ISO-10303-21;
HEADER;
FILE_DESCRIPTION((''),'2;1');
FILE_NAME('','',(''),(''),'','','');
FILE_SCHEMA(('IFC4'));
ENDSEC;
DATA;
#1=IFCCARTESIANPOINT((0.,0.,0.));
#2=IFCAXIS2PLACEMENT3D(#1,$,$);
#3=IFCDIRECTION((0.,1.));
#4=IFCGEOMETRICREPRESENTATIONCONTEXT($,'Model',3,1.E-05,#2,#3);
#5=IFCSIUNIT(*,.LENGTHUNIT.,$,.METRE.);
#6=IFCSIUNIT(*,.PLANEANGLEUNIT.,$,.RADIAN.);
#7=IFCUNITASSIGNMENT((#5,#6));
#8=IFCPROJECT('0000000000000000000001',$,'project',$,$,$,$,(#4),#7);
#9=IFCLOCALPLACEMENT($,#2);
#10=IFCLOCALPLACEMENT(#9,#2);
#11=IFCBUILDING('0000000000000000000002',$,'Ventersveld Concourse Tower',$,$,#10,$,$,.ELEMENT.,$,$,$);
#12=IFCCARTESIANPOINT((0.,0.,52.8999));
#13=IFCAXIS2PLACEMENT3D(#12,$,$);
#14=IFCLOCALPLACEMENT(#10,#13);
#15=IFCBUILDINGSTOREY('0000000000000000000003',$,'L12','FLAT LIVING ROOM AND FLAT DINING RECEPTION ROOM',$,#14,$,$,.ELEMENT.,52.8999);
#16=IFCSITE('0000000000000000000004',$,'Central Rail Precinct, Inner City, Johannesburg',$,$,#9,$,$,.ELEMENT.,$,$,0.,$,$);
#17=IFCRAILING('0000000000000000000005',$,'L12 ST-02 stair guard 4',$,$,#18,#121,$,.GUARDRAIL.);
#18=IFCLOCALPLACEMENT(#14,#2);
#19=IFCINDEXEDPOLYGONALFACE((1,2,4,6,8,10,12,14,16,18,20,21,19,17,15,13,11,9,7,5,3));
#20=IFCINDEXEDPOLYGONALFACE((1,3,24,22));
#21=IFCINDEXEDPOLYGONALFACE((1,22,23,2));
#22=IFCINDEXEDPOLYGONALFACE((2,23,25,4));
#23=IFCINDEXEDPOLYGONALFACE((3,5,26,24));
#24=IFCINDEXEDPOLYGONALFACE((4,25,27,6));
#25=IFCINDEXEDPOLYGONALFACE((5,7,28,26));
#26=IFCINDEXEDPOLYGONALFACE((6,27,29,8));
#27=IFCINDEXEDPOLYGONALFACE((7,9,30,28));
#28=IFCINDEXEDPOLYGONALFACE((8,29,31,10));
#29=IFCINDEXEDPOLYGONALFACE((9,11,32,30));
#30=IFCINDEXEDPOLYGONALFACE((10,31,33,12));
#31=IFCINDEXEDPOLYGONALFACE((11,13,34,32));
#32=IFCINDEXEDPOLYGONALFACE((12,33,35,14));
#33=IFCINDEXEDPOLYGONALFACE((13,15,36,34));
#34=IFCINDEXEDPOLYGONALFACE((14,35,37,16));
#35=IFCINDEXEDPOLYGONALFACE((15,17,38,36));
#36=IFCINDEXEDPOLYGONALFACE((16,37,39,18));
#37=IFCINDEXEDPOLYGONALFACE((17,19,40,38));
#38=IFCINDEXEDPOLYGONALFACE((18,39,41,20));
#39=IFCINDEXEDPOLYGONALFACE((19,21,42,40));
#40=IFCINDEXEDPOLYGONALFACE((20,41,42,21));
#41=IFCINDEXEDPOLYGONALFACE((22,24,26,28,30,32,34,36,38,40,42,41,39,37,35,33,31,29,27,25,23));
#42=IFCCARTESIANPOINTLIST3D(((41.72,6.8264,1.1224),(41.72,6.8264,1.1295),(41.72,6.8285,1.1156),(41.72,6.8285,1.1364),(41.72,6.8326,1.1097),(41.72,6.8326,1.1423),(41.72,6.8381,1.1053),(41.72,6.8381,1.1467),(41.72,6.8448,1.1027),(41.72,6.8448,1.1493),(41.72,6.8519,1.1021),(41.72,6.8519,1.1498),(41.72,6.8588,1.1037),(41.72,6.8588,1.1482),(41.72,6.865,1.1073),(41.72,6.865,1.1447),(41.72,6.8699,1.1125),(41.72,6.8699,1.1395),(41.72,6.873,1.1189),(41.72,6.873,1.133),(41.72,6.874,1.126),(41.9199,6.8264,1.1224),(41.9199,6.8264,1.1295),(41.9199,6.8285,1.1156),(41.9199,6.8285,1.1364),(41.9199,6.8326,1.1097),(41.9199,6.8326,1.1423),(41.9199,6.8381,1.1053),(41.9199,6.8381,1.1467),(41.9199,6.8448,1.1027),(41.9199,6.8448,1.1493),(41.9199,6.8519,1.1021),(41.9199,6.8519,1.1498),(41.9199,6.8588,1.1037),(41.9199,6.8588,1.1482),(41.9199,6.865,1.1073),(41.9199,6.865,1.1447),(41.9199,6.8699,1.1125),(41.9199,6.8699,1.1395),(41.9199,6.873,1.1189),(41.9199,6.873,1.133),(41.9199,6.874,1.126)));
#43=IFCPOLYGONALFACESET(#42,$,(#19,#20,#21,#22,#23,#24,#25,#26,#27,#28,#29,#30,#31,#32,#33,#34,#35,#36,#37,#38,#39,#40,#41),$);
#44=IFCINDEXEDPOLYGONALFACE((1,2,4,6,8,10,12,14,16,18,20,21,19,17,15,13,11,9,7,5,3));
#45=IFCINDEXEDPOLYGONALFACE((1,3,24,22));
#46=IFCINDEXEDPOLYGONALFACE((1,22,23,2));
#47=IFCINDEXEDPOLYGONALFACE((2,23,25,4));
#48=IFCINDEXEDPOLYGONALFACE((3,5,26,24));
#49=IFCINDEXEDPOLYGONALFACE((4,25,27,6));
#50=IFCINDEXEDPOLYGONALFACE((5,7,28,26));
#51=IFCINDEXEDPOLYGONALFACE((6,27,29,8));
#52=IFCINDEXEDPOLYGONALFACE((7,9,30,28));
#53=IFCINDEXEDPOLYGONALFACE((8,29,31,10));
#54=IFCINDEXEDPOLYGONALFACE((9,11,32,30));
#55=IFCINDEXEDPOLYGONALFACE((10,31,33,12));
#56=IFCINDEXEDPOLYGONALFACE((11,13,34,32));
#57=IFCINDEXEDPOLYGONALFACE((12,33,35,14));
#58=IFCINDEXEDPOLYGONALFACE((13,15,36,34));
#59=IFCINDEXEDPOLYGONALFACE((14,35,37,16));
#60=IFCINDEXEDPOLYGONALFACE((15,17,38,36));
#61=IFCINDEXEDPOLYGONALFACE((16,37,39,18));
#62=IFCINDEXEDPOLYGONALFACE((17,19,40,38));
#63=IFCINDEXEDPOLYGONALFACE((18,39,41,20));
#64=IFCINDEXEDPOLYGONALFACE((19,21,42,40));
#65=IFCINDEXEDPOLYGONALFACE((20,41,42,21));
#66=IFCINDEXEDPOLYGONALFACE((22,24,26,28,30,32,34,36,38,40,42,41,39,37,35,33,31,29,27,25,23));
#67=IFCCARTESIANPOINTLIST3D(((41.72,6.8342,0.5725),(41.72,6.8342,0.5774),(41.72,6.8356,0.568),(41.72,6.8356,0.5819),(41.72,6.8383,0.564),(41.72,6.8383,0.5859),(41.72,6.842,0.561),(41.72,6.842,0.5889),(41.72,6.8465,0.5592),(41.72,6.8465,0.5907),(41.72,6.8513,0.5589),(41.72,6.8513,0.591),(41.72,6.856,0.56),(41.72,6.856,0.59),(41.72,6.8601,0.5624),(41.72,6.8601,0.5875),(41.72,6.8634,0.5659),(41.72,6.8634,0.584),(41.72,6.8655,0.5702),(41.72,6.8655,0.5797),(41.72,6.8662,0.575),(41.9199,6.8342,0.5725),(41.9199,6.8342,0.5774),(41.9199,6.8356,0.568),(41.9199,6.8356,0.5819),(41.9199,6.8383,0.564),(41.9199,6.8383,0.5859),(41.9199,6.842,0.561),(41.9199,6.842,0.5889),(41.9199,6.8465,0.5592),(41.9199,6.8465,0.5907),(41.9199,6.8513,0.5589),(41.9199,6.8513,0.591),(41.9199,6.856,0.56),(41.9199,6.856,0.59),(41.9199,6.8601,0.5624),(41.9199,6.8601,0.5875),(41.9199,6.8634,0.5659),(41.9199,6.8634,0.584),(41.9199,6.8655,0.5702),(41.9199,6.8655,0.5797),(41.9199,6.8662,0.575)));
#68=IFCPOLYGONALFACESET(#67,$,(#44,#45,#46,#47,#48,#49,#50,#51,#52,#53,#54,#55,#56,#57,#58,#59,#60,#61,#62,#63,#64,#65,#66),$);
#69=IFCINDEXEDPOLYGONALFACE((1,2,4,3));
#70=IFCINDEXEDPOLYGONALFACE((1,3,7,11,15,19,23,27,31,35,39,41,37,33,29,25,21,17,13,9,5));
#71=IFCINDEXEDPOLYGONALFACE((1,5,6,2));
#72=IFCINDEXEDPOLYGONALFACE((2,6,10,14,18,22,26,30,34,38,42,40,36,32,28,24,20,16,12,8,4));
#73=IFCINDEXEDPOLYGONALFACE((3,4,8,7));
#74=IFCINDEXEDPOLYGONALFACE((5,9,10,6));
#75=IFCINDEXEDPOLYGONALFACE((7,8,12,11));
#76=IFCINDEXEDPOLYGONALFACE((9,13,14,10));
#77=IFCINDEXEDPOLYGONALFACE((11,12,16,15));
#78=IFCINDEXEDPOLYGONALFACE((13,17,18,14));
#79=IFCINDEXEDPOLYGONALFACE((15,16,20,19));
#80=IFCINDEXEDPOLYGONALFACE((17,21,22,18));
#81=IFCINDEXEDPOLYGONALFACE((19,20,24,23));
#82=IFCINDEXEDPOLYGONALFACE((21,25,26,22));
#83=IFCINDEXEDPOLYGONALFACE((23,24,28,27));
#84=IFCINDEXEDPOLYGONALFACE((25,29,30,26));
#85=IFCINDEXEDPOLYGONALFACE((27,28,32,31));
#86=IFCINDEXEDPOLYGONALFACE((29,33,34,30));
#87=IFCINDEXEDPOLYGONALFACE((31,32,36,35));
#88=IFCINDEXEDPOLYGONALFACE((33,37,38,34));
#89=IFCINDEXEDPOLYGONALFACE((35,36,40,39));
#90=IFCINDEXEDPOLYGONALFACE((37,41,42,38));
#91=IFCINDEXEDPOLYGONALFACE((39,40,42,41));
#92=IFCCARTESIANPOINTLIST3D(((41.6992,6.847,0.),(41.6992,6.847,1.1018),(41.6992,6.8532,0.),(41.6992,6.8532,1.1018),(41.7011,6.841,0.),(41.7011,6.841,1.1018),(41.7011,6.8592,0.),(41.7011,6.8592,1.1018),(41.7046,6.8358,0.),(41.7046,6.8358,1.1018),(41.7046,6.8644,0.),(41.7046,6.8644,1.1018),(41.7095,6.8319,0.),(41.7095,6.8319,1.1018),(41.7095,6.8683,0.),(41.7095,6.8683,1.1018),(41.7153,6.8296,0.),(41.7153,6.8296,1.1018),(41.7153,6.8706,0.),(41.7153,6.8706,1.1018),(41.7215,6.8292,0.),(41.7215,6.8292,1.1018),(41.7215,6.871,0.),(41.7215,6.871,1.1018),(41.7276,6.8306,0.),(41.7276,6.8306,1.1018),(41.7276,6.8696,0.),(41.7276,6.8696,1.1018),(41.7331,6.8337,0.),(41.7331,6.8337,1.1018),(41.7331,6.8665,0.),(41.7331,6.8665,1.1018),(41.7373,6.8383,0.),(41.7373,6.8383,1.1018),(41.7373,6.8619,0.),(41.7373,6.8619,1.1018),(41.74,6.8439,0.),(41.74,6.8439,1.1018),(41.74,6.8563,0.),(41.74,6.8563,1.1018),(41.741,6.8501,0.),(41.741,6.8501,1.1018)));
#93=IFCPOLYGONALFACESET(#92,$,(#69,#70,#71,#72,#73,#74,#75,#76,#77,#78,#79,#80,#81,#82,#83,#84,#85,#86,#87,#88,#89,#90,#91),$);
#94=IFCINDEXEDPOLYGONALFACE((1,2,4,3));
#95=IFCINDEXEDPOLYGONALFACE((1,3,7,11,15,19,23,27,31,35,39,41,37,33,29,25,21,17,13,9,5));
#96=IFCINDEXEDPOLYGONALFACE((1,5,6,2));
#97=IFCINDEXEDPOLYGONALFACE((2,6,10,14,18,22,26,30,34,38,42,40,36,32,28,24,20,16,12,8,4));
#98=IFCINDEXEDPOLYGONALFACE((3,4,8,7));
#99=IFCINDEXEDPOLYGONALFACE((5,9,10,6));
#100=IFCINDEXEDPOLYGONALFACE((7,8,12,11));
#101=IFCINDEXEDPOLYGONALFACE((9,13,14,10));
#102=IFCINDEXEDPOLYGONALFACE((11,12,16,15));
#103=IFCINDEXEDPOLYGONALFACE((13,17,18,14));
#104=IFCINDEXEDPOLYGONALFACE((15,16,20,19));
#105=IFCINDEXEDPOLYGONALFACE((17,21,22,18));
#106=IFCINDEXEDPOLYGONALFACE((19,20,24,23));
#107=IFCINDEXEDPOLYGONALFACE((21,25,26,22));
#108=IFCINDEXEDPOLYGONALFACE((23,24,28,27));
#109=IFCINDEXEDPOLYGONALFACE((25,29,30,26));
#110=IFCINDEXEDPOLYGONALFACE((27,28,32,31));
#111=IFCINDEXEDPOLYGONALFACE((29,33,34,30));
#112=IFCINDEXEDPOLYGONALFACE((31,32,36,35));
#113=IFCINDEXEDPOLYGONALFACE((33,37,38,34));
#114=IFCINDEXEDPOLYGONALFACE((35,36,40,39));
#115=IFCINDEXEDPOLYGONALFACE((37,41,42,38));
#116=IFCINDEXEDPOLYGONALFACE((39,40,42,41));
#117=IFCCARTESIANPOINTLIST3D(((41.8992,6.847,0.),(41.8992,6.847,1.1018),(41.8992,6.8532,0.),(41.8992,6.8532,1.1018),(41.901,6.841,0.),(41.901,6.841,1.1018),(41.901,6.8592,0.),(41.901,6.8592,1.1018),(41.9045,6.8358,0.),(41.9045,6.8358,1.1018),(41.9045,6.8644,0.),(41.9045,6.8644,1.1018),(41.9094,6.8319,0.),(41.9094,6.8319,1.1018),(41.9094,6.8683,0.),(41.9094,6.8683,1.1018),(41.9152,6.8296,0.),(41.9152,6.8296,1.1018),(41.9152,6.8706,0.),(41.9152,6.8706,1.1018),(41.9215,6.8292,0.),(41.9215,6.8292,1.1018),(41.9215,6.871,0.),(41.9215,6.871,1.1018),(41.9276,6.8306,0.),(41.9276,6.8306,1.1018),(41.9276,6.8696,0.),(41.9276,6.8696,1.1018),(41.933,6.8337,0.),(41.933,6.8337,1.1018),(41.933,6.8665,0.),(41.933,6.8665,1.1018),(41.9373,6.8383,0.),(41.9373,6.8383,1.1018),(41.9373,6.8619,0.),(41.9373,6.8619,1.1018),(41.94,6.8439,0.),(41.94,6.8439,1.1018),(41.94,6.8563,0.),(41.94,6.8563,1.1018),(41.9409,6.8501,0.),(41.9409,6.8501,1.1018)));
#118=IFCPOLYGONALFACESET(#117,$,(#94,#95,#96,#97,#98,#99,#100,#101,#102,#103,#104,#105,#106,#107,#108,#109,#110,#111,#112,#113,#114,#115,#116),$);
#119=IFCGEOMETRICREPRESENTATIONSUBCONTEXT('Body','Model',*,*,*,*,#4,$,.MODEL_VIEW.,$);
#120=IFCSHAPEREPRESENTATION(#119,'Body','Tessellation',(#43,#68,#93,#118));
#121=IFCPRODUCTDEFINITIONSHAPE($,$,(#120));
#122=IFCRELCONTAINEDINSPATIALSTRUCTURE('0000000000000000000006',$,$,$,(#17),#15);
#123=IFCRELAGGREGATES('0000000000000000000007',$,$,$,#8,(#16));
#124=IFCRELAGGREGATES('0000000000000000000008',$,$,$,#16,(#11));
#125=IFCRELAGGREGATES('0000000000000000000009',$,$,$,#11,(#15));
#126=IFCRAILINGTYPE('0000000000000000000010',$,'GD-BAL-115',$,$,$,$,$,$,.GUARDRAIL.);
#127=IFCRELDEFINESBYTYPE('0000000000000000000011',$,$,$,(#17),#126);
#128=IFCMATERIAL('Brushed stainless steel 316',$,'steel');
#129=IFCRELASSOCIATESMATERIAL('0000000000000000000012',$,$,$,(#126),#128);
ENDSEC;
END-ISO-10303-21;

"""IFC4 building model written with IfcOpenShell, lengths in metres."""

from ifc_helpers import new_model, si_unit, direction, frame, origin, origin_2d, place, context, subcontext, project, spatial, circle, extrude, material, type_object, element, save


model = new_model("IFC4")

# Units and contexts
model_context = context("Model", 3, precision=1e-05, world=origin(), true_north=direction((0.0, 1.0)))
body_context = subcontext(model_context, "Body", "Model", "MODEL_VIEW")
ifc_project = project(units=[si_unit("LENGTHUNIT", "METRE"), si_unit("PLANEANGLEUNIT", "RADIAN")], contexts=[model_context])

# Site, building, storey
site_placement = place(None, origin())
site = spatial("IfcSite", under=ifc_project, at=site_placement, Name="Central Rail Precinct, Inner City, Johannesburg", CompositionType="ELEMENT", RefElevation=0.0)
building_placement = place(site_placement, origin())
building = spatial("IfcBuilding", under=site, at=building_placement, Name="Ventersveld Concourse Tower", CompositionType="ELEMENT")
storey_placement = place(building_placement, frame((0.0, 0.0, 52.8999)))
storey = spatial("IfcBuildingStorey", under=building, at=storey_placement, Name="L12", Description="FLAT LIVING ROOM AND FLAT DINING RECEPTION ROOM", CompositionType="ELEMENT", Elevation=52.8999)

# Shared definitions
ifc_material_1 = material(Name="Brushed stainless steel 316", Category="steel")

# Railing
railing_type_1 = type_object("IfcRailingType", Name="GD-BAL-115", PredefinedType="GUARDRAIL", material=ifc_material_1)
railing_1_placement = place(storey_placement, frame((41.72, 6.8501, 0.0)))
element("IfcRailing", 1, at=railing_1_placement, inside=storey, type_object=railing_type_1, Name="L12 ST-02 stair guard 4", PredefinedType="GUARDRAIL", context=body_context, shape_type="SweptSolid", body=[
    extrude(circle(Radius=0.0239, at=origin_2d()), frame((0.0, 0.0, 1.126), z_axis=(1.0, 0.0, 0.0), x_axis=(0.0, 1.0, 0.0)), (0.0, 0.0, 1.0), 0.2),
    extrude(circle(Radius=0.0161, at=origin_2d()), frame((0.0, 0.0, 0.575), z_axis=(1.0, 0.0, 0.0), x_axis=(0.0, 1.0, 0.0)), (0.0, 0.0, 1.0), 0.2),
    extrude(circle(Radius=0.021, at=origin_2d()), origin(), (0.0, 0.0, 1.0), 1.1018),
    extrude(circle(Radius=0.021, at=origin_2d()), frame((0.2, 0.0, 0.0)), (0.0, 0.0, 1.0), 1.1018),
])

save(model, "model.ifc")
